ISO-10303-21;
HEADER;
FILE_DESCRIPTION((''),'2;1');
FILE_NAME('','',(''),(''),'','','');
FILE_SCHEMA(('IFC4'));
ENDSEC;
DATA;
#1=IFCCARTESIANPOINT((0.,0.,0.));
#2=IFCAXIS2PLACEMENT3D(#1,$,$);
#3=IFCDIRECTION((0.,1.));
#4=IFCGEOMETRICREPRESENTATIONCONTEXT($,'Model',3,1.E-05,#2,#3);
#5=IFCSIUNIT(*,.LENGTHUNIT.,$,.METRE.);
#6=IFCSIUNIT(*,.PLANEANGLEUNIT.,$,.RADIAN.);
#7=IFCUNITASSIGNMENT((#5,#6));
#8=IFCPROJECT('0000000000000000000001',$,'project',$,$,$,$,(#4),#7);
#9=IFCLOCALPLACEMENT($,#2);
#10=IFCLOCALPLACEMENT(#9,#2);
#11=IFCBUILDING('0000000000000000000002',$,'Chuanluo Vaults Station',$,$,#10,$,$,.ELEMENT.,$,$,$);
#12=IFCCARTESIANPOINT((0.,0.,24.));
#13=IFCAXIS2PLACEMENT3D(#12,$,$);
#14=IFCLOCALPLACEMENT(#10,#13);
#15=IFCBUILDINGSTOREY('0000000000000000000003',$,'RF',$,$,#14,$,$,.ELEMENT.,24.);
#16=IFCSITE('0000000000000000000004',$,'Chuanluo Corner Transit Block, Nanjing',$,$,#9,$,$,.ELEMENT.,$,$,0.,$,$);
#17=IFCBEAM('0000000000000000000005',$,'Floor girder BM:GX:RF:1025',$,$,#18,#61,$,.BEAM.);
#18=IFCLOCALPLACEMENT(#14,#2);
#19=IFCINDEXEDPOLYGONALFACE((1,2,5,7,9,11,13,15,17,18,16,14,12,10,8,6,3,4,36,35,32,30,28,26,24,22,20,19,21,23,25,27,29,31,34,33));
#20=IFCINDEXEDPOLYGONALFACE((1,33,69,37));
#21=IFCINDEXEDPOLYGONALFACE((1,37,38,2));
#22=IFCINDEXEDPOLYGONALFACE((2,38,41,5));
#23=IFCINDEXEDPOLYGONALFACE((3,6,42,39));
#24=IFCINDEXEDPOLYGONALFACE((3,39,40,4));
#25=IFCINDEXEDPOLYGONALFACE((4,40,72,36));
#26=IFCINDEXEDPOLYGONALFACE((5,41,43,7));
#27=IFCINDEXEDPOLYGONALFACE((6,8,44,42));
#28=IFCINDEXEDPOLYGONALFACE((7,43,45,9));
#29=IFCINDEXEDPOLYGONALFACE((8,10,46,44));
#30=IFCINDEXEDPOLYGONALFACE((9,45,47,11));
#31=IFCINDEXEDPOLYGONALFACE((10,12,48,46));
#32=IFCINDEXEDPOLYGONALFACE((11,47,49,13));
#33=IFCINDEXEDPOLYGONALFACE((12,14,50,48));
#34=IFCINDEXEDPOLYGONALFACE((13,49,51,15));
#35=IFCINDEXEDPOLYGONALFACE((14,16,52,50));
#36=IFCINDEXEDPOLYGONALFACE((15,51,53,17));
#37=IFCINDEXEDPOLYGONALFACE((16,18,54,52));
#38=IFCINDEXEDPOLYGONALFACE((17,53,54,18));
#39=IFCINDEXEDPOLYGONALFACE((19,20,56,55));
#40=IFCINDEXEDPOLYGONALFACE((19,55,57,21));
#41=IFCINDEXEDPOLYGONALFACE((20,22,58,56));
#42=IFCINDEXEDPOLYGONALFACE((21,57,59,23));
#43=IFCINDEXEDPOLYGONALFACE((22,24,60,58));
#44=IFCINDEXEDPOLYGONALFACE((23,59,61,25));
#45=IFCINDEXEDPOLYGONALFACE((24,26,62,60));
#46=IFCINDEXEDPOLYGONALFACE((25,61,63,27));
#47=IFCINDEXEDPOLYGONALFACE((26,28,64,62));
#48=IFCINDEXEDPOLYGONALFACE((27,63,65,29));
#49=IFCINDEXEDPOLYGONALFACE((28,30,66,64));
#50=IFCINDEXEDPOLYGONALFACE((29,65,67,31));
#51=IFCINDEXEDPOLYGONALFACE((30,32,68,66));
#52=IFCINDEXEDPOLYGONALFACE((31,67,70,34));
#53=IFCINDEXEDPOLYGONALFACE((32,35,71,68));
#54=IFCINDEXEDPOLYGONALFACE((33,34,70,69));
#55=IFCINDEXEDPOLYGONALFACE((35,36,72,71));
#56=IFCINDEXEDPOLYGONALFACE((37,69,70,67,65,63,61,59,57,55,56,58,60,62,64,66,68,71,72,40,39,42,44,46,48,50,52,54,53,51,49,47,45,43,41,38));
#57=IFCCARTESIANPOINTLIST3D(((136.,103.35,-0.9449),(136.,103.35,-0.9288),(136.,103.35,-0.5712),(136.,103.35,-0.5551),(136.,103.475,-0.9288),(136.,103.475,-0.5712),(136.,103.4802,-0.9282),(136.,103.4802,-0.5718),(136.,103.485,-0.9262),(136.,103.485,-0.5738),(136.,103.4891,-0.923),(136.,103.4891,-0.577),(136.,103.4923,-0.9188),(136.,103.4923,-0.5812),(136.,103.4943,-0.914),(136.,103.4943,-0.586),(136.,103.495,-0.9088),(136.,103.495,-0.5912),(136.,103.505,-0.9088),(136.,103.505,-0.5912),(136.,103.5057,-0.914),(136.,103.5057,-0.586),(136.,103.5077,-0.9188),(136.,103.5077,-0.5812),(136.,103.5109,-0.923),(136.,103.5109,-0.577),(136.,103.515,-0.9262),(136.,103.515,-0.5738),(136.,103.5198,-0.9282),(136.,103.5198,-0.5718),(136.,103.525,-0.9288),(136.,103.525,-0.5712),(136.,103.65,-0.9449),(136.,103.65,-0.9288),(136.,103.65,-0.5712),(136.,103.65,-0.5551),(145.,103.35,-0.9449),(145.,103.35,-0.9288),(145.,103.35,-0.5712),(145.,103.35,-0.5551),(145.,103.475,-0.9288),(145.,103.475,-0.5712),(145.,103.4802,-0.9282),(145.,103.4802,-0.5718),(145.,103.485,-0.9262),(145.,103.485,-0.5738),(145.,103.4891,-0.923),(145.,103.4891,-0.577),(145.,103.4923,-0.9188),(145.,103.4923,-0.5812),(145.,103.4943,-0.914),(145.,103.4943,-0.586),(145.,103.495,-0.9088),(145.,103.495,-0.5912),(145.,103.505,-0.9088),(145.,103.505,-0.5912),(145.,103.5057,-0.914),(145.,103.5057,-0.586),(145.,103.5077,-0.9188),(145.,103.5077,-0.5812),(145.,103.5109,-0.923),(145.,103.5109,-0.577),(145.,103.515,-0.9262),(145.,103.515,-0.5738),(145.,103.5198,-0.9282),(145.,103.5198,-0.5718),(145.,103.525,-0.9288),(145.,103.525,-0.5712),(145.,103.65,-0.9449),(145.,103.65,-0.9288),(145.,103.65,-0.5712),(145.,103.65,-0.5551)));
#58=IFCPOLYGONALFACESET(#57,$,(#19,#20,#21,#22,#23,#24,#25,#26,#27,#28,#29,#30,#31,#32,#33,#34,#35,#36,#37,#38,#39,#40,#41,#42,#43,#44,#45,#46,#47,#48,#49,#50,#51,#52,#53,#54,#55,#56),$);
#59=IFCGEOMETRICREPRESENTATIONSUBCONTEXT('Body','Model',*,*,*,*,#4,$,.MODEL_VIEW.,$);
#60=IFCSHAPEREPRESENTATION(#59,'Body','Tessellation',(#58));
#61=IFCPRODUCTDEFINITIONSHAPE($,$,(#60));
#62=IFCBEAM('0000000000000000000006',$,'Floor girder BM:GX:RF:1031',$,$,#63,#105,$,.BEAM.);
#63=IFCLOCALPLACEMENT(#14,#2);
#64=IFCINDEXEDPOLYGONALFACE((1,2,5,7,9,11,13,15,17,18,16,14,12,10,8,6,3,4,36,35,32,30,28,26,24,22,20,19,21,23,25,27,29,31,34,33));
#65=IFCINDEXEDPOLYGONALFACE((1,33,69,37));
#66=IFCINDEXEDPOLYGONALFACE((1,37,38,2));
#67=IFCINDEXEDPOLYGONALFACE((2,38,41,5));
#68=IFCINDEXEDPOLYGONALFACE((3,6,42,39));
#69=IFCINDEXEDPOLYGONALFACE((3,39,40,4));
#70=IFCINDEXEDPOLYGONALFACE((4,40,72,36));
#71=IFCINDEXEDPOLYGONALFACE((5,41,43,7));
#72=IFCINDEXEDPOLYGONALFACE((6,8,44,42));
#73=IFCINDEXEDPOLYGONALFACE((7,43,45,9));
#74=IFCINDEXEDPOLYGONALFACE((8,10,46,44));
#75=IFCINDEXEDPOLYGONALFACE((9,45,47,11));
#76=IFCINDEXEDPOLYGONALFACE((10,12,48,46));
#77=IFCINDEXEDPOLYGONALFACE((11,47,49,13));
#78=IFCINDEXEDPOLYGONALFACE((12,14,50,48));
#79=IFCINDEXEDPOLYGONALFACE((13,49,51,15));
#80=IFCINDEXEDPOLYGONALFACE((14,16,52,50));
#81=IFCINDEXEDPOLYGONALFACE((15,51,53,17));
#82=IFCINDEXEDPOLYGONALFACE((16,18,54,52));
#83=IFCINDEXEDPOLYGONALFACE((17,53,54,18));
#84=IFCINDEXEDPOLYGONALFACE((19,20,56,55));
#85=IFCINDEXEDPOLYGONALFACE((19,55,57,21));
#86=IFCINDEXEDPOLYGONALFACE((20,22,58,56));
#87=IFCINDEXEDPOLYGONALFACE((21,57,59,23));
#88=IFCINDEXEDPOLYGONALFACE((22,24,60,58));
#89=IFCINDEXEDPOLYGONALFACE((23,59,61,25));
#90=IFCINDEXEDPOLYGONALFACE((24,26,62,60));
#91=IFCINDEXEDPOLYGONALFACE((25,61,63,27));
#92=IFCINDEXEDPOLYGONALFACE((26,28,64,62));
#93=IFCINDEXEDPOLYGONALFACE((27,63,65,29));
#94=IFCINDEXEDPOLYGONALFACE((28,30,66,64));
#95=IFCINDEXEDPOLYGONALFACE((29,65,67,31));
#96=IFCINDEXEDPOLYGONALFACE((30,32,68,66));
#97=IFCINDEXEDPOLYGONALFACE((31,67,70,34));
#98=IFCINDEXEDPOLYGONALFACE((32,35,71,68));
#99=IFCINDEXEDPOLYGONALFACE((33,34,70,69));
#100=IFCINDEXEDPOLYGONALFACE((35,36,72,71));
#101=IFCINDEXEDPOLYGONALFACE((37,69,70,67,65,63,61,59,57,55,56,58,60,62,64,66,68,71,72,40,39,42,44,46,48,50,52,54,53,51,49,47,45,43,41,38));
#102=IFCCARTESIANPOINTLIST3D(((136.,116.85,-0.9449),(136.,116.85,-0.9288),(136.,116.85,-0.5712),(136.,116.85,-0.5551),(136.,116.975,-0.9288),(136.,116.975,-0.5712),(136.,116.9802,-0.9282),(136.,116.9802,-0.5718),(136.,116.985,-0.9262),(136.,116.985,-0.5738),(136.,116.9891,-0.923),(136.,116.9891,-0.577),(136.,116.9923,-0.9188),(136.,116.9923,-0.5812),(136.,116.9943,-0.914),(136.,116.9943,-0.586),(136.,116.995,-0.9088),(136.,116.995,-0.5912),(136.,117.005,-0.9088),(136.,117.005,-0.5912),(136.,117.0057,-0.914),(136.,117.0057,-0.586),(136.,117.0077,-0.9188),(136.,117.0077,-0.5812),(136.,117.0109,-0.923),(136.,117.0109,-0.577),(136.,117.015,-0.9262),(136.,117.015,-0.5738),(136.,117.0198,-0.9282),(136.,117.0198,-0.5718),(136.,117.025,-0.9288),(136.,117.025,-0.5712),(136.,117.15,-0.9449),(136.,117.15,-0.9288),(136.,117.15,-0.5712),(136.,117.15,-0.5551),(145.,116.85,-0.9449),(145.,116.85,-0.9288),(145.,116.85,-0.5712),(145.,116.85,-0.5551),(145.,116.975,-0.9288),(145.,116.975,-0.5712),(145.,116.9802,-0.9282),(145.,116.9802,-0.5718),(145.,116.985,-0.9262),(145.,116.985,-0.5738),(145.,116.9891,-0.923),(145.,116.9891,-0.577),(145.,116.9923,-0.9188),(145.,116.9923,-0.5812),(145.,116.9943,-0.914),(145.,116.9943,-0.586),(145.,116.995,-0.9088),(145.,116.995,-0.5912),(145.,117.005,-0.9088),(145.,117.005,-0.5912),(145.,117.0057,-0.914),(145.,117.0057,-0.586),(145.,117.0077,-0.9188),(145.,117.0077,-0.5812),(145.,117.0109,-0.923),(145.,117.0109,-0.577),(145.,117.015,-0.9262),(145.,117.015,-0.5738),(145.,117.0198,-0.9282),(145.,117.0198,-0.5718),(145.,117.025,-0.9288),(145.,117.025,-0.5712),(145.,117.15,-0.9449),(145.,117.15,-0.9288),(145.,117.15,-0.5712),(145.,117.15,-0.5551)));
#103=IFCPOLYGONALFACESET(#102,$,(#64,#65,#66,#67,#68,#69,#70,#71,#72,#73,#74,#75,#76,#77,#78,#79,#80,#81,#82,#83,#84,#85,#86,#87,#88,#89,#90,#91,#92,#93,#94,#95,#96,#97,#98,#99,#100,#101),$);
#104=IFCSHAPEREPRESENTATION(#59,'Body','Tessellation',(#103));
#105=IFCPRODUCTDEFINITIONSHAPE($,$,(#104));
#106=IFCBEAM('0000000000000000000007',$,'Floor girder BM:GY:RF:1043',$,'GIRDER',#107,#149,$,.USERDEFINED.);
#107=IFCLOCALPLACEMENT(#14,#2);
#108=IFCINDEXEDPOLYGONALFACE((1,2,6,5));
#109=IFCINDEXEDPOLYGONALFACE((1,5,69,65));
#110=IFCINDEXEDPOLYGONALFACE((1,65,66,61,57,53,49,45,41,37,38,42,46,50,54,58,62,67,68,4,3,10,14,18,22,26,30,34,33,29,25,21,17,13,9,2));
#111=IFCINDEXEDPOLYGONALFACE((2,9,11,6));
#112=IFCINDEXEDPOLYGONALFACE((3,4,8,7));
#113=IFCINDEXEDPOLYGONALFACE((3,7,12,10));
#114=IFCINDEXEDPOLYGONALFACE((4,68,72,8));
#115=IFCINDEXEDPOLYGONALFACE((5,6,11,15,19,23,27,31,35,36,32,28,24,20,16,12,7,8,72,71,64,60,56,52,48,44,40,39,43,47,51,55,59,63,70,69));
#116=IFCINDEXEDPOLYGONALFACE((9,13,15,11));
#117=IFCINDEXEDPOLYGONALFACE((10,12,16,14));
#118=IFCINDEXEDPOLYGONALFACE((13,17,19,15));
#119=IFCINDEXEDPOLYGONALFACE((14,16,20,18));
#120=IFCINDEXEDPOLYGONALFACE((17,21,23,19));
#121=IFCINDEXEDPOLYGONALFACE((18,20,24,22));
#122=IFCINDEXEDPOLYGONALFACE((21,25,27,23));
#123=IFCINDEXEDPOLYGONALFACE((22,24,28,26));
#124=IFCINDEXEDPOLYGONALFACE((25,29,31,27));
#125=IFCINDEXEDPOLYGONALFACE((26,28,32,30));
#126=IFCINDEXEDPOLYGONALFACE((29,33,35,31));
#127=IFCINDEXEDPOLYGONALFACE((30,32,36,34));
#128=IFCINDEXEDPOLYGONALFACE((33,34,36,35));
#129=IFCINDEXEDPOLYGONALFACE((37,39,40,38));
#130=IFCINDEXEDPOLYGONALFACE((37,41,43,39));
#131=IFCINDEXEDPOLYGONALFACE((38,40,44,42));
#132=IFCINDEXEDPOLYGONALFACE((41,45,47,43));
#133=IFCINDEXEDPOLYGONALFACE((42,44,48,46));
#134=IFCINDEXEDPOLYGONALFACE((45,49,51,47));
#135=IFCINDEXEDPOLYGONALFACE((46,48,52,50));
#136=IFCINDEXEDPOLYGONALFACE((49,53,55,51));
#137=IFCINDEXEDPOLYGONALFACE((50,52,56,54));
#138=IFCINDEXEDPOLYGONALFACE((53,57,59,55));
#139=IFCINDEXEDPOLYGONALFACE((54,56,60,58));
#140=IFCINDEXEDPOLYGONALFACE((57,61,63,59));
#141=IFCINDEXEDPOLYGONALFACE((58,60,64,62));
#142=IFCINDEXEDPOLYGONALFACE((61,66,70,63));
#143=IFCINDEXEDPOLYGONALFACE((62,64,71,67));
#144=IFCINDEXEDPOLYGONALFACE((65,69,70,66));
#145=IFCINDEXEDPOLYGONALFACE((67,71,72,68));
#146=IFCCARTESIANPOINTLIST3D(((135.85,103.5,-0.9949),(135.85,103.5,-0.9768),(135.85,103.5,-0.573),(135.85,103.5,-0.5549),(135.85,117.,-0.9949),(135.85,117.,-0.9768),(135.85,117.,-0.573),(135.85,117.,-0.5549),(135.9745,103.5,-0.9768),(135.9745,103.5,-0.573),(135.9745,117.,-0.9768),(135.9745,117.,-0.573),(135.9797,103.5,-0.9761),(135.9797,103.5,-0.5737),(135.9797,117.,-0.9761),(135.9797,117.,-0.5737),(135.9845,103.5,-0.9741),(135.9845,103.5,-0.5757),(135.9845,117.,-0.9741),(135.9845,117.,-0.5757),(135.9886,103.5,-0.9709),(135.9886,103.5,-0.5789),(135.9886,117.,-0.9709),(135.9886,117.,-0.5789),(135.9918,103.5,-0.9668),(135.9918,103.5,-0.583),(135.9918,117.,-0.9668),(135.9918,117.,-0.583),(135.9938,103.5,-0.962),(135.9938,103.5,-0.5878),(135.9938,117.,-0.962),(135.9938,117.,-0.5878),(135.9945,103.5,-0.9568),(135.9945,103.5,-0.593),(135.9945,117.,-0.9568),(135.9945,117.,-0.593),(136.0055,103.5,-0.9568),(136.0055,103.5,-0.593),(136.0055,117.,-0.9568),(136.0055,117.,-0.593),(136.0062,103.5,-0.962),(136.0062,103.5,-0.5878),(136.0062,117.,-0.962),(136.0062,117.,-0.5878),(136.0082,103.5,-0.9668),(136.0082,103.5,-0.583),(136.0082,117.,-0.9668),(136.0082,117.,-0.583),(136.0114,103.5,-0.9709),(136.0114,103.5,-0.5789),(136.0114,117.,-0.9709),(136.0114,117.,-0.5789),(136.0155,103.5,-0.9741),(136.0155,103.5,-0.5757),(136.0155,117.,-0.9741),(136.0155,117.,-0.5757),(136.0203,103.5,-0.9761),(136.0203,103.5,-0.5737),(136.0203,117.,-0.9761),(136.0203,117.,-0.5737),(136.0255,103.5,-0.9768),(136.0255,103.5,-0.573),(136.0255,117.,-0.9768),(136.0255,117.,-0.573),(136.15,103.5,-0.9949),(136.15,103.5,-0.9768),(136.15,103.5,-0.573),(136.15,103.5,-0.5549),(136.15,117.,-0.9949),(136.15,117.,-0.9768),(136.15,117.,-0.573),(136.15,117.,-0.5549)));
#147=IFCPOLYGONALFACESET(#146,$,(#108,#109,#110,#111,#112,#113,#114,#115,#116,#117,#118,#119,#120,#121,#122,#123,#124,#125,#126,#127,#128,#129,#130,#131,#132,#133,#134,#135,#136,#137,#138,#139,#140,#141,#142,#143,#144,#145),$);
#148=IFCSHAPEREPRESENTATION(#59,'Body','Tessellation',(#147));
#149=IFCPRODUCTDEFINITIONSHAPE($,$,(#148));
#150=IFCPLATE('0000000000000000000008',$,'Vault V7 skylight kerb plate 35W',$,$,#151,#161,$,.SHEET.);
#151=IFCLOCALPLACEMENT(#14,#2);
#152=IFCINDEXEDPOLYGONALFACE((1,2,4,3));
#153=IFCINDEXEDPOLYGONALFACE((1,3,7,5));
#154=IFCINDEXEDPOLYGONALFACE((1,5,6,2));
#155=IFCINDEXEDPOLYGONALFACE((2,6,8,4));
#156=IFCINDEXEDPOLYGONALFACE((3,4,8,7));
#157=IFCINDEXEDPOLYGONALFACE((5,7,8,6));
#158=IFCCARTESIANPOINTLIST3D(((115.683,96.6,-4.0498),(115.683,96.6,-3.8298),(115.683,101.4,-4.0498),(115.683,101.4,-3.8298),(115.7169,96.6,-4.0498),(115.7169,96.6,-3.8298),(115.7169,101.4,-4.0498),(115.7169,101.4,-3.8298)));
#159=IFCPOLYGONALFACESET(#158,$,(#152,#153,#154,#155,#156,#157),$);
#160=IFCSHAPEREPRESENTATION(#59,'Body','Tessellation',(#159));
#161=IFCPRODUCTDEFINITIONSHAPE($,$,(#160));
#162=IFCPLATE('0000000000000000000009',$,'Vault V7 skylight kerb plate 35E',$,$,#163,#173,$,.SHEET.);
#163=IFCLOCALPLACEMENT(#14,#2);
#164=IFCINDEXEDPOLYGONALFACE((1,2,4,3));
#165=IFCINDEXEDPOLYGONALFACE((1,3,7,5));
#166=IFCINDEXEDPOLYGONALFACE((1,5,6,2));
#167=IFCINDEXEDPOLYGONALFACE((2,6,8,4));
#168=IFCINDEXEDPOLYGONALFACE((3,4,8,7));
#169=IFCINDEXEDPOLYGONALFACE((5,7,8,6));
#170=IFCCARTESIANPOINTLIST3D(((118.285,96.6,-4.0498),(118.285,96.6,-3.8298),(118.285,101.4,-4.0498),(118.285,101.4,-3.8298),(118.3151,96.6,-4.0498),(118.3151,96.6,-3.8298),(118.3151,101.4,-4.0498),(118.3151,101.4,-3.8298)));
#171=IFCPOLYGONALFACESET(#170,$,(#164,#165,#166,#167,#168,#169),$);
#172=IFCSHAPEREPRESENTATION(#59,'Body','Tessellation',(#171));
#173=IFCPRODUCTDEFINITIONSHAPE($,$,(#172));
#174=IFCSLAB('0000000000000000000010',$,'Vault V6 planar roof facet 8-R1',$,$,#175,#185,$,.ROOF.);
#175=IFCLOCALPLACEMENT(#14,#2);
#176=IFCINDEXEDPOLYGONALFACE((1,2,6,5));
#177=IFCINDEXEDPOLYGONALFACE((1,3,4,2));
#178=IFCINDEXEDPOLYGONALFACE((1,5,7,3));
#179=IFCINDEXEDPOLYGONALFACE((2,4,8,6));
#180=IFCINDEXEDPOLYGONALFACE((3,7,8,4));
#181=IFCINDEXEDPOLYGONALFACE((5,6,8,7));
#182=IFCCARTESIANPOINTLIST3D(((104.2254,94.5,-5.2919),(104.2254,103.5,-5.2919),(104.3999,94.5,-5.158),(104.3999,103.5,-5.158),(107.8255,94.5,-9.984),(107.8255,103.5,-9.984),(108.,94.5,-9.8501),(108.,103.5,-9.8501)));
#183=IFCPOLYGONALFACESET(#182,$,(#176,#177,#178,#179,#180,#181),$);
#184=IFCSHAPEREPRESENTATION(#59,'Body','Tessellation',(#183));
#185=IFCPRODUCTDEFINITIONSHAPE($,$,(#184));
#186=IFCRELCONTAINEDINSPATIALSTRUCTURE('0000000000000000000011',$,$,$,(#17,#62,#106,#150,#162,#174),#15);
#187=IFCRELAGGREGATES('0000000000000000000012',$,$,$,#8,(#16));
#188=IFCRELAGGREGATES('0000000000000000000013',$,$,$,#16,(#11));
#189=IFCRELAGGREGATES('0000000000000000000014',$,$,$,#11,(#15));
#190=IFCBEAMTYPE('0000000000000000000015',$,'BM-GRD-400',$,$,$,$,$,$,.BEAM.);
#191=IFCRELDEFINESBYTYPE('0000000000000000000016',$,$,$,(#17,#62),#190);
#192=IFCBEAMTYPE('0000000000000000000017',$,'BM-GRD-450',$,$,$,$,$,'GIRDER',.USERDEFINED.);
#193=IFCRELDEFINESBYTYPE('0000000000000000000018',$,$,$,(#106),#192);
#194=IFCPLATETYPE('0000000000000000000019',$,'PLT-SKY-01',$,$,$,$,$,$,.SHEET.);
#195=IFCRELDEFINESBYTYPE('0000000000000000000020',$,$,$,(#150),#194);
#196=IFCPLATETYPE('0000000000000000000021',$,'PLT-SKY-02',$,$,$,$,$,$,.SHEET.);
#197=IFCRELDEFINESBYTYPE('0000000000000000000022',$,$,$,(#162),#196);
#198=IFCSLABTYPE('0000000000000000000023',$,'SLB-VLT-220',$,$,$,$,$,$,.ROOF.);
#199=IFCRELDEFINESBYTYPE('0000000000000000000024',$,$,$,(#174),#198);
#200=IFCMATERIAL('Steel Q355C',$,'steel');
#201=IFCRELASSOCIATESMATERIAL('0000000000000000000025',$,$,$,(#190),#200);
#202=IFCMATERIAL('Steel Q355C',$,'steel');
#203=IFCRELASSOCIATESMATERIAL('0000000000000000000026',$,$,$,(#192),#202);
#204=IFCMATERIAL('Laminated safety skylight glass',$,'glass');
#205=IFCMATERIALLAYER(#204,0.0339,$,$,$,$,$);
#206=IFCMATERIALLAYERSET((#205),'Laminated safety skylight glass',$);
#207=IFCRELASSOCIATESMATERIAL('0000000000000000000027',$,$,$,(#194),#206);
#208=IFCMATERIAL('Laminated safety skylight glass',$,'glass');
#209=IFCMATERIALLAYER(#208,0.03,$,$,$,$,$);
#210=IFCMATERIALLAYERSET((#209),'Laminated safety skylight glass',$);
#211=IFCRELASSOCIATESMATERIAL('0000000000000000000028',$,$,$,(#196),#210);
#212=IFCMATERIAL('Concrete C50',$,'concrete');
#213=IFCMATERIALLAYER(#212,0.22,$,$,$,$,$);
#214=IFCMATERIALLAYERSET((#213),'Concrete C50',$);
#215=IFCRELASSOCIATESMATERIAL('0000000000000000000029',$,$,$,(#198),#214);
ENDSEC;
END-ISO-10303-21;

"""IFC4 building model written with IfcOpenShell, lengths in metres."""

from ifc_helpers import new_model, si_unit, direction, frame, origin, origin_2d, place, context, subcontext, project, spatial, polyline, rectangle, i_section, outline, extrude, material, layer, layer_set, material_profile, profile_set, type_object, element, save


model = new_model("IFC4")

# Units and contexts
model_context = context("Model", 3, precision=1e-05, world=origin(), true_north=direction((0.0, 1.0)))
body_context = subcontext(model_context, "Body", "Model", "MODEL_VIEW")
ifc_project = project(units=[si_unit("LENGTHUNIT", "METRE"), si_unit("PLANEANGLEUNIT", "RADIAN")], contexts=[model_context])

# Site, building, storey
site_placement = place(None, origin())
site = spatial("IfcSite", under=ifc_project, at=site_placement, Name="Chuanluo Corner Transit Block, Nanjing", CompositionType="ELEMENT", RefElevation=0.0)
building_placement = place(site_placement, origin())
building = spatial("IfcBuilding", under=site, at=building_placement, Name="Chuanluo Vaults Station", CompositionType="ELEMENT")
storey_placement = place(building_placement, frame((0.0, 0.0, 24.0)))
storey = spatial("IfcBuildingStorey", under=building, at=storey_placement, Name="RF", CompositionType="ELEMENT", Elevation=24.0)

# Beams
ifc_material_1 = material(Name="Steel Q355C", Category="steel")
ifc_material_profile_1 = material_profile(ifc_material_1, i_section(OverallWidth=0.3, OverallDepth=0.3899, WebThickness=0.01, FlangeThickness=0.0161, FilletRadius=0.02, at=origin_2d()))
ifc_profile_set_1 = profile_set([ifc_material_profile_1], Name="Steel Q355C")
beam_type_1 = type_object("IfcBeamType", Name="BM-GRD-400", PredefinedType="BEAM", material=ifc_profile_set_1)
for number, where, z_axis, x_axis, name in (
    (1, (136.0, 103.5, -0.75), (1.0, 0.0, 0.0), (0.0, 1.0, 0.0), "Floor girder BM:GX:RF:1025"),
    (2, (136.0, 117.0, -0.75), (1.0, 0.0, 0.0), (0.0, 1.0, 0.0), "Floor girder BM:GX:RF:1031"),
):
    element("IfcBeam", number, at=place(storey_placement, frame(where, z_axis=z_axis, x_axis=x_axis)), inside=storey, type_object=beam_type_1, Name=name, PredefinedType="BEAM", context=body_context, shape_type="SweptSolid", body=[
        extrude(i_section(OverallWidth=0.3, OverallDepth=0.3899, WebThickness=0.01, FlangeThickness=0.0161, FilletRadius=0.02, at=origin_2d()), origin(), (0.0, 0.0, 1.0), 9.0),
    ])
ifc_material_2 = material(Name="Steel Q355C", Category="steel")
ifc_material_profile_2 = material_profile(ifc_material_2, i_section(OverallWidth=0.3, OverallDepth=0.4399, WebThickness=0.011, FlangeThickness=0.0181, FilletRadius=0.02, at=origin_2d()))
ifc_profile_set_2 = profile_set([ifc_material_profile_2], Name="Steel Q355C")
beam_type_2 = type_object("IfcBeamType", Name="BM-GRD-450", ElementType="GIRDER", PredefinedType="USERDEFINED", material=ifc_profile_set_2)
beam_placement = place(storey_placement, frame((136.0, 103.5, -0.7749), z_axis=(0.0, 1.0, 0.0), x_axis=(-1.0, 0.0, 0.0)))
element("IfcBeam", 3, at=beam_placement, inside=storey, type_object=beam_type_2, Name="Floor girder BM:GY:RF:1043", ObjectType="GIRDER", PredefinedType="USERDEFINED", context=body_context, shape_type="SweptSolid", body=[
    extrude(i_section(OverallWidth=0.3, OverallDepth=0.4399, WebThickness=0.011, FlangeThickness=0.0181, FilletRadius=0.02, at=origin_2d()), origin(), (0.0, 0.0, 1.0), 13.5),
])

# Plates
ifc_material_3 = material(Name="Laminated safety skylight glass", Category="glass")
ifc_layer_1 = layer(ifc_material_3, 0.0339)
ifc_layer_set_1 = layer_set([ifc_layer_1], Name="Laminated safety skylight glass")
plate_type_1 = type_object("IfcPlateType", Name="PLT-SKY-01", PredefinedType="SHEET", material=ifc_layer_set_1)
plate_1_placement = place(storey_placement, frame((115.7, 99.0, -4.0498), z_axis=(0.0, 0.0, 1.0), x_axis=(1.0, 0.0, 0.0)))
element("IfcPlate", 4, at=plate_1_placement, inside=storey, type_object=plate_type_1, Name="Vault V7 skylight kerb plate 35W", PredefinedType="SHEET", context=body_context, shape_type="SweptSolid", body=[
    extrude(rectangle(XDim=0.0339, YDim=4.8, at=origin_2d()), origin(), (0.0, 0.0, 1.0), 0.22),
])
ifc_material_4 = material(Name="Laminated safety skylight glass", Category="glass")
ifc_layer_2 = layer(ifc_material_4, 0.03)
ifc_layer_set_2 = layer_set([ifc_layer_2], Name="Laminated safety skylight glass")
plate_type_2 = type_object("IfcPlateType", Name="PLT-SKY-02", PredefinedType="SHEET", material=ifc_layer_set_2)
plate_2_placement = place(storey_placement, frame((118.3, 99.0, -4.0498), z_axis=(0.0, 0.0, 1.0), x_axis=(1.0, 0.0, 0.0)))
element("IfcPlate", 5, at=plate_2_placement, inside=storey, type_object=plate_type_2, Name="Vault V7 skylight kerb plate 35E", PredefinedType="SHEET", context=body_context, shape_type="SweptSolid", body=[
    extrude(rectangle(XDim=0.03, YDim=4.8, at=origin_2d()), origin(), (0.0, 0.0, 1.0), 0.22),
])

# Slab
ifc_material_5 = material(Name="Concrete C50", Category="concrete")
ifc_layer_3 = layer(ifc_material_5, 0.22)
ifc_layer_set_3 = layer_set([ifc_layer_3], Name="Concrete C50")
slab_type = type_object("IfcSlabType", Name="SLB-VLT-220", PredefinedType="ROOF", material=ifc_layer_set_3)
slab_1_placement = place(storey_placement, frame((104.3999, 94.5, -5.158), z_axis=(0.793378, 0.0, 0.608729), x_axis=(0.608729, 0.0, -0.793378)))
element("IfcSlab", 6, at=slab_1_placement, inside=storey, type_object=slab_type, Name="Vault V6 planar roof facet 8-R1", PredefinedType="ROOF", context=body_context, shape_type="SweptSolid", body=[
    extrude(outline(polyline([(0.0, 0.0), (5.9141, 0.0), (5.9141, 9.0), (0.0, 9.0), (0.0, 0.0)])), origin(), (0.0, 0.0, -1.0), 0.22),
])

save(model, "model.ifc")
